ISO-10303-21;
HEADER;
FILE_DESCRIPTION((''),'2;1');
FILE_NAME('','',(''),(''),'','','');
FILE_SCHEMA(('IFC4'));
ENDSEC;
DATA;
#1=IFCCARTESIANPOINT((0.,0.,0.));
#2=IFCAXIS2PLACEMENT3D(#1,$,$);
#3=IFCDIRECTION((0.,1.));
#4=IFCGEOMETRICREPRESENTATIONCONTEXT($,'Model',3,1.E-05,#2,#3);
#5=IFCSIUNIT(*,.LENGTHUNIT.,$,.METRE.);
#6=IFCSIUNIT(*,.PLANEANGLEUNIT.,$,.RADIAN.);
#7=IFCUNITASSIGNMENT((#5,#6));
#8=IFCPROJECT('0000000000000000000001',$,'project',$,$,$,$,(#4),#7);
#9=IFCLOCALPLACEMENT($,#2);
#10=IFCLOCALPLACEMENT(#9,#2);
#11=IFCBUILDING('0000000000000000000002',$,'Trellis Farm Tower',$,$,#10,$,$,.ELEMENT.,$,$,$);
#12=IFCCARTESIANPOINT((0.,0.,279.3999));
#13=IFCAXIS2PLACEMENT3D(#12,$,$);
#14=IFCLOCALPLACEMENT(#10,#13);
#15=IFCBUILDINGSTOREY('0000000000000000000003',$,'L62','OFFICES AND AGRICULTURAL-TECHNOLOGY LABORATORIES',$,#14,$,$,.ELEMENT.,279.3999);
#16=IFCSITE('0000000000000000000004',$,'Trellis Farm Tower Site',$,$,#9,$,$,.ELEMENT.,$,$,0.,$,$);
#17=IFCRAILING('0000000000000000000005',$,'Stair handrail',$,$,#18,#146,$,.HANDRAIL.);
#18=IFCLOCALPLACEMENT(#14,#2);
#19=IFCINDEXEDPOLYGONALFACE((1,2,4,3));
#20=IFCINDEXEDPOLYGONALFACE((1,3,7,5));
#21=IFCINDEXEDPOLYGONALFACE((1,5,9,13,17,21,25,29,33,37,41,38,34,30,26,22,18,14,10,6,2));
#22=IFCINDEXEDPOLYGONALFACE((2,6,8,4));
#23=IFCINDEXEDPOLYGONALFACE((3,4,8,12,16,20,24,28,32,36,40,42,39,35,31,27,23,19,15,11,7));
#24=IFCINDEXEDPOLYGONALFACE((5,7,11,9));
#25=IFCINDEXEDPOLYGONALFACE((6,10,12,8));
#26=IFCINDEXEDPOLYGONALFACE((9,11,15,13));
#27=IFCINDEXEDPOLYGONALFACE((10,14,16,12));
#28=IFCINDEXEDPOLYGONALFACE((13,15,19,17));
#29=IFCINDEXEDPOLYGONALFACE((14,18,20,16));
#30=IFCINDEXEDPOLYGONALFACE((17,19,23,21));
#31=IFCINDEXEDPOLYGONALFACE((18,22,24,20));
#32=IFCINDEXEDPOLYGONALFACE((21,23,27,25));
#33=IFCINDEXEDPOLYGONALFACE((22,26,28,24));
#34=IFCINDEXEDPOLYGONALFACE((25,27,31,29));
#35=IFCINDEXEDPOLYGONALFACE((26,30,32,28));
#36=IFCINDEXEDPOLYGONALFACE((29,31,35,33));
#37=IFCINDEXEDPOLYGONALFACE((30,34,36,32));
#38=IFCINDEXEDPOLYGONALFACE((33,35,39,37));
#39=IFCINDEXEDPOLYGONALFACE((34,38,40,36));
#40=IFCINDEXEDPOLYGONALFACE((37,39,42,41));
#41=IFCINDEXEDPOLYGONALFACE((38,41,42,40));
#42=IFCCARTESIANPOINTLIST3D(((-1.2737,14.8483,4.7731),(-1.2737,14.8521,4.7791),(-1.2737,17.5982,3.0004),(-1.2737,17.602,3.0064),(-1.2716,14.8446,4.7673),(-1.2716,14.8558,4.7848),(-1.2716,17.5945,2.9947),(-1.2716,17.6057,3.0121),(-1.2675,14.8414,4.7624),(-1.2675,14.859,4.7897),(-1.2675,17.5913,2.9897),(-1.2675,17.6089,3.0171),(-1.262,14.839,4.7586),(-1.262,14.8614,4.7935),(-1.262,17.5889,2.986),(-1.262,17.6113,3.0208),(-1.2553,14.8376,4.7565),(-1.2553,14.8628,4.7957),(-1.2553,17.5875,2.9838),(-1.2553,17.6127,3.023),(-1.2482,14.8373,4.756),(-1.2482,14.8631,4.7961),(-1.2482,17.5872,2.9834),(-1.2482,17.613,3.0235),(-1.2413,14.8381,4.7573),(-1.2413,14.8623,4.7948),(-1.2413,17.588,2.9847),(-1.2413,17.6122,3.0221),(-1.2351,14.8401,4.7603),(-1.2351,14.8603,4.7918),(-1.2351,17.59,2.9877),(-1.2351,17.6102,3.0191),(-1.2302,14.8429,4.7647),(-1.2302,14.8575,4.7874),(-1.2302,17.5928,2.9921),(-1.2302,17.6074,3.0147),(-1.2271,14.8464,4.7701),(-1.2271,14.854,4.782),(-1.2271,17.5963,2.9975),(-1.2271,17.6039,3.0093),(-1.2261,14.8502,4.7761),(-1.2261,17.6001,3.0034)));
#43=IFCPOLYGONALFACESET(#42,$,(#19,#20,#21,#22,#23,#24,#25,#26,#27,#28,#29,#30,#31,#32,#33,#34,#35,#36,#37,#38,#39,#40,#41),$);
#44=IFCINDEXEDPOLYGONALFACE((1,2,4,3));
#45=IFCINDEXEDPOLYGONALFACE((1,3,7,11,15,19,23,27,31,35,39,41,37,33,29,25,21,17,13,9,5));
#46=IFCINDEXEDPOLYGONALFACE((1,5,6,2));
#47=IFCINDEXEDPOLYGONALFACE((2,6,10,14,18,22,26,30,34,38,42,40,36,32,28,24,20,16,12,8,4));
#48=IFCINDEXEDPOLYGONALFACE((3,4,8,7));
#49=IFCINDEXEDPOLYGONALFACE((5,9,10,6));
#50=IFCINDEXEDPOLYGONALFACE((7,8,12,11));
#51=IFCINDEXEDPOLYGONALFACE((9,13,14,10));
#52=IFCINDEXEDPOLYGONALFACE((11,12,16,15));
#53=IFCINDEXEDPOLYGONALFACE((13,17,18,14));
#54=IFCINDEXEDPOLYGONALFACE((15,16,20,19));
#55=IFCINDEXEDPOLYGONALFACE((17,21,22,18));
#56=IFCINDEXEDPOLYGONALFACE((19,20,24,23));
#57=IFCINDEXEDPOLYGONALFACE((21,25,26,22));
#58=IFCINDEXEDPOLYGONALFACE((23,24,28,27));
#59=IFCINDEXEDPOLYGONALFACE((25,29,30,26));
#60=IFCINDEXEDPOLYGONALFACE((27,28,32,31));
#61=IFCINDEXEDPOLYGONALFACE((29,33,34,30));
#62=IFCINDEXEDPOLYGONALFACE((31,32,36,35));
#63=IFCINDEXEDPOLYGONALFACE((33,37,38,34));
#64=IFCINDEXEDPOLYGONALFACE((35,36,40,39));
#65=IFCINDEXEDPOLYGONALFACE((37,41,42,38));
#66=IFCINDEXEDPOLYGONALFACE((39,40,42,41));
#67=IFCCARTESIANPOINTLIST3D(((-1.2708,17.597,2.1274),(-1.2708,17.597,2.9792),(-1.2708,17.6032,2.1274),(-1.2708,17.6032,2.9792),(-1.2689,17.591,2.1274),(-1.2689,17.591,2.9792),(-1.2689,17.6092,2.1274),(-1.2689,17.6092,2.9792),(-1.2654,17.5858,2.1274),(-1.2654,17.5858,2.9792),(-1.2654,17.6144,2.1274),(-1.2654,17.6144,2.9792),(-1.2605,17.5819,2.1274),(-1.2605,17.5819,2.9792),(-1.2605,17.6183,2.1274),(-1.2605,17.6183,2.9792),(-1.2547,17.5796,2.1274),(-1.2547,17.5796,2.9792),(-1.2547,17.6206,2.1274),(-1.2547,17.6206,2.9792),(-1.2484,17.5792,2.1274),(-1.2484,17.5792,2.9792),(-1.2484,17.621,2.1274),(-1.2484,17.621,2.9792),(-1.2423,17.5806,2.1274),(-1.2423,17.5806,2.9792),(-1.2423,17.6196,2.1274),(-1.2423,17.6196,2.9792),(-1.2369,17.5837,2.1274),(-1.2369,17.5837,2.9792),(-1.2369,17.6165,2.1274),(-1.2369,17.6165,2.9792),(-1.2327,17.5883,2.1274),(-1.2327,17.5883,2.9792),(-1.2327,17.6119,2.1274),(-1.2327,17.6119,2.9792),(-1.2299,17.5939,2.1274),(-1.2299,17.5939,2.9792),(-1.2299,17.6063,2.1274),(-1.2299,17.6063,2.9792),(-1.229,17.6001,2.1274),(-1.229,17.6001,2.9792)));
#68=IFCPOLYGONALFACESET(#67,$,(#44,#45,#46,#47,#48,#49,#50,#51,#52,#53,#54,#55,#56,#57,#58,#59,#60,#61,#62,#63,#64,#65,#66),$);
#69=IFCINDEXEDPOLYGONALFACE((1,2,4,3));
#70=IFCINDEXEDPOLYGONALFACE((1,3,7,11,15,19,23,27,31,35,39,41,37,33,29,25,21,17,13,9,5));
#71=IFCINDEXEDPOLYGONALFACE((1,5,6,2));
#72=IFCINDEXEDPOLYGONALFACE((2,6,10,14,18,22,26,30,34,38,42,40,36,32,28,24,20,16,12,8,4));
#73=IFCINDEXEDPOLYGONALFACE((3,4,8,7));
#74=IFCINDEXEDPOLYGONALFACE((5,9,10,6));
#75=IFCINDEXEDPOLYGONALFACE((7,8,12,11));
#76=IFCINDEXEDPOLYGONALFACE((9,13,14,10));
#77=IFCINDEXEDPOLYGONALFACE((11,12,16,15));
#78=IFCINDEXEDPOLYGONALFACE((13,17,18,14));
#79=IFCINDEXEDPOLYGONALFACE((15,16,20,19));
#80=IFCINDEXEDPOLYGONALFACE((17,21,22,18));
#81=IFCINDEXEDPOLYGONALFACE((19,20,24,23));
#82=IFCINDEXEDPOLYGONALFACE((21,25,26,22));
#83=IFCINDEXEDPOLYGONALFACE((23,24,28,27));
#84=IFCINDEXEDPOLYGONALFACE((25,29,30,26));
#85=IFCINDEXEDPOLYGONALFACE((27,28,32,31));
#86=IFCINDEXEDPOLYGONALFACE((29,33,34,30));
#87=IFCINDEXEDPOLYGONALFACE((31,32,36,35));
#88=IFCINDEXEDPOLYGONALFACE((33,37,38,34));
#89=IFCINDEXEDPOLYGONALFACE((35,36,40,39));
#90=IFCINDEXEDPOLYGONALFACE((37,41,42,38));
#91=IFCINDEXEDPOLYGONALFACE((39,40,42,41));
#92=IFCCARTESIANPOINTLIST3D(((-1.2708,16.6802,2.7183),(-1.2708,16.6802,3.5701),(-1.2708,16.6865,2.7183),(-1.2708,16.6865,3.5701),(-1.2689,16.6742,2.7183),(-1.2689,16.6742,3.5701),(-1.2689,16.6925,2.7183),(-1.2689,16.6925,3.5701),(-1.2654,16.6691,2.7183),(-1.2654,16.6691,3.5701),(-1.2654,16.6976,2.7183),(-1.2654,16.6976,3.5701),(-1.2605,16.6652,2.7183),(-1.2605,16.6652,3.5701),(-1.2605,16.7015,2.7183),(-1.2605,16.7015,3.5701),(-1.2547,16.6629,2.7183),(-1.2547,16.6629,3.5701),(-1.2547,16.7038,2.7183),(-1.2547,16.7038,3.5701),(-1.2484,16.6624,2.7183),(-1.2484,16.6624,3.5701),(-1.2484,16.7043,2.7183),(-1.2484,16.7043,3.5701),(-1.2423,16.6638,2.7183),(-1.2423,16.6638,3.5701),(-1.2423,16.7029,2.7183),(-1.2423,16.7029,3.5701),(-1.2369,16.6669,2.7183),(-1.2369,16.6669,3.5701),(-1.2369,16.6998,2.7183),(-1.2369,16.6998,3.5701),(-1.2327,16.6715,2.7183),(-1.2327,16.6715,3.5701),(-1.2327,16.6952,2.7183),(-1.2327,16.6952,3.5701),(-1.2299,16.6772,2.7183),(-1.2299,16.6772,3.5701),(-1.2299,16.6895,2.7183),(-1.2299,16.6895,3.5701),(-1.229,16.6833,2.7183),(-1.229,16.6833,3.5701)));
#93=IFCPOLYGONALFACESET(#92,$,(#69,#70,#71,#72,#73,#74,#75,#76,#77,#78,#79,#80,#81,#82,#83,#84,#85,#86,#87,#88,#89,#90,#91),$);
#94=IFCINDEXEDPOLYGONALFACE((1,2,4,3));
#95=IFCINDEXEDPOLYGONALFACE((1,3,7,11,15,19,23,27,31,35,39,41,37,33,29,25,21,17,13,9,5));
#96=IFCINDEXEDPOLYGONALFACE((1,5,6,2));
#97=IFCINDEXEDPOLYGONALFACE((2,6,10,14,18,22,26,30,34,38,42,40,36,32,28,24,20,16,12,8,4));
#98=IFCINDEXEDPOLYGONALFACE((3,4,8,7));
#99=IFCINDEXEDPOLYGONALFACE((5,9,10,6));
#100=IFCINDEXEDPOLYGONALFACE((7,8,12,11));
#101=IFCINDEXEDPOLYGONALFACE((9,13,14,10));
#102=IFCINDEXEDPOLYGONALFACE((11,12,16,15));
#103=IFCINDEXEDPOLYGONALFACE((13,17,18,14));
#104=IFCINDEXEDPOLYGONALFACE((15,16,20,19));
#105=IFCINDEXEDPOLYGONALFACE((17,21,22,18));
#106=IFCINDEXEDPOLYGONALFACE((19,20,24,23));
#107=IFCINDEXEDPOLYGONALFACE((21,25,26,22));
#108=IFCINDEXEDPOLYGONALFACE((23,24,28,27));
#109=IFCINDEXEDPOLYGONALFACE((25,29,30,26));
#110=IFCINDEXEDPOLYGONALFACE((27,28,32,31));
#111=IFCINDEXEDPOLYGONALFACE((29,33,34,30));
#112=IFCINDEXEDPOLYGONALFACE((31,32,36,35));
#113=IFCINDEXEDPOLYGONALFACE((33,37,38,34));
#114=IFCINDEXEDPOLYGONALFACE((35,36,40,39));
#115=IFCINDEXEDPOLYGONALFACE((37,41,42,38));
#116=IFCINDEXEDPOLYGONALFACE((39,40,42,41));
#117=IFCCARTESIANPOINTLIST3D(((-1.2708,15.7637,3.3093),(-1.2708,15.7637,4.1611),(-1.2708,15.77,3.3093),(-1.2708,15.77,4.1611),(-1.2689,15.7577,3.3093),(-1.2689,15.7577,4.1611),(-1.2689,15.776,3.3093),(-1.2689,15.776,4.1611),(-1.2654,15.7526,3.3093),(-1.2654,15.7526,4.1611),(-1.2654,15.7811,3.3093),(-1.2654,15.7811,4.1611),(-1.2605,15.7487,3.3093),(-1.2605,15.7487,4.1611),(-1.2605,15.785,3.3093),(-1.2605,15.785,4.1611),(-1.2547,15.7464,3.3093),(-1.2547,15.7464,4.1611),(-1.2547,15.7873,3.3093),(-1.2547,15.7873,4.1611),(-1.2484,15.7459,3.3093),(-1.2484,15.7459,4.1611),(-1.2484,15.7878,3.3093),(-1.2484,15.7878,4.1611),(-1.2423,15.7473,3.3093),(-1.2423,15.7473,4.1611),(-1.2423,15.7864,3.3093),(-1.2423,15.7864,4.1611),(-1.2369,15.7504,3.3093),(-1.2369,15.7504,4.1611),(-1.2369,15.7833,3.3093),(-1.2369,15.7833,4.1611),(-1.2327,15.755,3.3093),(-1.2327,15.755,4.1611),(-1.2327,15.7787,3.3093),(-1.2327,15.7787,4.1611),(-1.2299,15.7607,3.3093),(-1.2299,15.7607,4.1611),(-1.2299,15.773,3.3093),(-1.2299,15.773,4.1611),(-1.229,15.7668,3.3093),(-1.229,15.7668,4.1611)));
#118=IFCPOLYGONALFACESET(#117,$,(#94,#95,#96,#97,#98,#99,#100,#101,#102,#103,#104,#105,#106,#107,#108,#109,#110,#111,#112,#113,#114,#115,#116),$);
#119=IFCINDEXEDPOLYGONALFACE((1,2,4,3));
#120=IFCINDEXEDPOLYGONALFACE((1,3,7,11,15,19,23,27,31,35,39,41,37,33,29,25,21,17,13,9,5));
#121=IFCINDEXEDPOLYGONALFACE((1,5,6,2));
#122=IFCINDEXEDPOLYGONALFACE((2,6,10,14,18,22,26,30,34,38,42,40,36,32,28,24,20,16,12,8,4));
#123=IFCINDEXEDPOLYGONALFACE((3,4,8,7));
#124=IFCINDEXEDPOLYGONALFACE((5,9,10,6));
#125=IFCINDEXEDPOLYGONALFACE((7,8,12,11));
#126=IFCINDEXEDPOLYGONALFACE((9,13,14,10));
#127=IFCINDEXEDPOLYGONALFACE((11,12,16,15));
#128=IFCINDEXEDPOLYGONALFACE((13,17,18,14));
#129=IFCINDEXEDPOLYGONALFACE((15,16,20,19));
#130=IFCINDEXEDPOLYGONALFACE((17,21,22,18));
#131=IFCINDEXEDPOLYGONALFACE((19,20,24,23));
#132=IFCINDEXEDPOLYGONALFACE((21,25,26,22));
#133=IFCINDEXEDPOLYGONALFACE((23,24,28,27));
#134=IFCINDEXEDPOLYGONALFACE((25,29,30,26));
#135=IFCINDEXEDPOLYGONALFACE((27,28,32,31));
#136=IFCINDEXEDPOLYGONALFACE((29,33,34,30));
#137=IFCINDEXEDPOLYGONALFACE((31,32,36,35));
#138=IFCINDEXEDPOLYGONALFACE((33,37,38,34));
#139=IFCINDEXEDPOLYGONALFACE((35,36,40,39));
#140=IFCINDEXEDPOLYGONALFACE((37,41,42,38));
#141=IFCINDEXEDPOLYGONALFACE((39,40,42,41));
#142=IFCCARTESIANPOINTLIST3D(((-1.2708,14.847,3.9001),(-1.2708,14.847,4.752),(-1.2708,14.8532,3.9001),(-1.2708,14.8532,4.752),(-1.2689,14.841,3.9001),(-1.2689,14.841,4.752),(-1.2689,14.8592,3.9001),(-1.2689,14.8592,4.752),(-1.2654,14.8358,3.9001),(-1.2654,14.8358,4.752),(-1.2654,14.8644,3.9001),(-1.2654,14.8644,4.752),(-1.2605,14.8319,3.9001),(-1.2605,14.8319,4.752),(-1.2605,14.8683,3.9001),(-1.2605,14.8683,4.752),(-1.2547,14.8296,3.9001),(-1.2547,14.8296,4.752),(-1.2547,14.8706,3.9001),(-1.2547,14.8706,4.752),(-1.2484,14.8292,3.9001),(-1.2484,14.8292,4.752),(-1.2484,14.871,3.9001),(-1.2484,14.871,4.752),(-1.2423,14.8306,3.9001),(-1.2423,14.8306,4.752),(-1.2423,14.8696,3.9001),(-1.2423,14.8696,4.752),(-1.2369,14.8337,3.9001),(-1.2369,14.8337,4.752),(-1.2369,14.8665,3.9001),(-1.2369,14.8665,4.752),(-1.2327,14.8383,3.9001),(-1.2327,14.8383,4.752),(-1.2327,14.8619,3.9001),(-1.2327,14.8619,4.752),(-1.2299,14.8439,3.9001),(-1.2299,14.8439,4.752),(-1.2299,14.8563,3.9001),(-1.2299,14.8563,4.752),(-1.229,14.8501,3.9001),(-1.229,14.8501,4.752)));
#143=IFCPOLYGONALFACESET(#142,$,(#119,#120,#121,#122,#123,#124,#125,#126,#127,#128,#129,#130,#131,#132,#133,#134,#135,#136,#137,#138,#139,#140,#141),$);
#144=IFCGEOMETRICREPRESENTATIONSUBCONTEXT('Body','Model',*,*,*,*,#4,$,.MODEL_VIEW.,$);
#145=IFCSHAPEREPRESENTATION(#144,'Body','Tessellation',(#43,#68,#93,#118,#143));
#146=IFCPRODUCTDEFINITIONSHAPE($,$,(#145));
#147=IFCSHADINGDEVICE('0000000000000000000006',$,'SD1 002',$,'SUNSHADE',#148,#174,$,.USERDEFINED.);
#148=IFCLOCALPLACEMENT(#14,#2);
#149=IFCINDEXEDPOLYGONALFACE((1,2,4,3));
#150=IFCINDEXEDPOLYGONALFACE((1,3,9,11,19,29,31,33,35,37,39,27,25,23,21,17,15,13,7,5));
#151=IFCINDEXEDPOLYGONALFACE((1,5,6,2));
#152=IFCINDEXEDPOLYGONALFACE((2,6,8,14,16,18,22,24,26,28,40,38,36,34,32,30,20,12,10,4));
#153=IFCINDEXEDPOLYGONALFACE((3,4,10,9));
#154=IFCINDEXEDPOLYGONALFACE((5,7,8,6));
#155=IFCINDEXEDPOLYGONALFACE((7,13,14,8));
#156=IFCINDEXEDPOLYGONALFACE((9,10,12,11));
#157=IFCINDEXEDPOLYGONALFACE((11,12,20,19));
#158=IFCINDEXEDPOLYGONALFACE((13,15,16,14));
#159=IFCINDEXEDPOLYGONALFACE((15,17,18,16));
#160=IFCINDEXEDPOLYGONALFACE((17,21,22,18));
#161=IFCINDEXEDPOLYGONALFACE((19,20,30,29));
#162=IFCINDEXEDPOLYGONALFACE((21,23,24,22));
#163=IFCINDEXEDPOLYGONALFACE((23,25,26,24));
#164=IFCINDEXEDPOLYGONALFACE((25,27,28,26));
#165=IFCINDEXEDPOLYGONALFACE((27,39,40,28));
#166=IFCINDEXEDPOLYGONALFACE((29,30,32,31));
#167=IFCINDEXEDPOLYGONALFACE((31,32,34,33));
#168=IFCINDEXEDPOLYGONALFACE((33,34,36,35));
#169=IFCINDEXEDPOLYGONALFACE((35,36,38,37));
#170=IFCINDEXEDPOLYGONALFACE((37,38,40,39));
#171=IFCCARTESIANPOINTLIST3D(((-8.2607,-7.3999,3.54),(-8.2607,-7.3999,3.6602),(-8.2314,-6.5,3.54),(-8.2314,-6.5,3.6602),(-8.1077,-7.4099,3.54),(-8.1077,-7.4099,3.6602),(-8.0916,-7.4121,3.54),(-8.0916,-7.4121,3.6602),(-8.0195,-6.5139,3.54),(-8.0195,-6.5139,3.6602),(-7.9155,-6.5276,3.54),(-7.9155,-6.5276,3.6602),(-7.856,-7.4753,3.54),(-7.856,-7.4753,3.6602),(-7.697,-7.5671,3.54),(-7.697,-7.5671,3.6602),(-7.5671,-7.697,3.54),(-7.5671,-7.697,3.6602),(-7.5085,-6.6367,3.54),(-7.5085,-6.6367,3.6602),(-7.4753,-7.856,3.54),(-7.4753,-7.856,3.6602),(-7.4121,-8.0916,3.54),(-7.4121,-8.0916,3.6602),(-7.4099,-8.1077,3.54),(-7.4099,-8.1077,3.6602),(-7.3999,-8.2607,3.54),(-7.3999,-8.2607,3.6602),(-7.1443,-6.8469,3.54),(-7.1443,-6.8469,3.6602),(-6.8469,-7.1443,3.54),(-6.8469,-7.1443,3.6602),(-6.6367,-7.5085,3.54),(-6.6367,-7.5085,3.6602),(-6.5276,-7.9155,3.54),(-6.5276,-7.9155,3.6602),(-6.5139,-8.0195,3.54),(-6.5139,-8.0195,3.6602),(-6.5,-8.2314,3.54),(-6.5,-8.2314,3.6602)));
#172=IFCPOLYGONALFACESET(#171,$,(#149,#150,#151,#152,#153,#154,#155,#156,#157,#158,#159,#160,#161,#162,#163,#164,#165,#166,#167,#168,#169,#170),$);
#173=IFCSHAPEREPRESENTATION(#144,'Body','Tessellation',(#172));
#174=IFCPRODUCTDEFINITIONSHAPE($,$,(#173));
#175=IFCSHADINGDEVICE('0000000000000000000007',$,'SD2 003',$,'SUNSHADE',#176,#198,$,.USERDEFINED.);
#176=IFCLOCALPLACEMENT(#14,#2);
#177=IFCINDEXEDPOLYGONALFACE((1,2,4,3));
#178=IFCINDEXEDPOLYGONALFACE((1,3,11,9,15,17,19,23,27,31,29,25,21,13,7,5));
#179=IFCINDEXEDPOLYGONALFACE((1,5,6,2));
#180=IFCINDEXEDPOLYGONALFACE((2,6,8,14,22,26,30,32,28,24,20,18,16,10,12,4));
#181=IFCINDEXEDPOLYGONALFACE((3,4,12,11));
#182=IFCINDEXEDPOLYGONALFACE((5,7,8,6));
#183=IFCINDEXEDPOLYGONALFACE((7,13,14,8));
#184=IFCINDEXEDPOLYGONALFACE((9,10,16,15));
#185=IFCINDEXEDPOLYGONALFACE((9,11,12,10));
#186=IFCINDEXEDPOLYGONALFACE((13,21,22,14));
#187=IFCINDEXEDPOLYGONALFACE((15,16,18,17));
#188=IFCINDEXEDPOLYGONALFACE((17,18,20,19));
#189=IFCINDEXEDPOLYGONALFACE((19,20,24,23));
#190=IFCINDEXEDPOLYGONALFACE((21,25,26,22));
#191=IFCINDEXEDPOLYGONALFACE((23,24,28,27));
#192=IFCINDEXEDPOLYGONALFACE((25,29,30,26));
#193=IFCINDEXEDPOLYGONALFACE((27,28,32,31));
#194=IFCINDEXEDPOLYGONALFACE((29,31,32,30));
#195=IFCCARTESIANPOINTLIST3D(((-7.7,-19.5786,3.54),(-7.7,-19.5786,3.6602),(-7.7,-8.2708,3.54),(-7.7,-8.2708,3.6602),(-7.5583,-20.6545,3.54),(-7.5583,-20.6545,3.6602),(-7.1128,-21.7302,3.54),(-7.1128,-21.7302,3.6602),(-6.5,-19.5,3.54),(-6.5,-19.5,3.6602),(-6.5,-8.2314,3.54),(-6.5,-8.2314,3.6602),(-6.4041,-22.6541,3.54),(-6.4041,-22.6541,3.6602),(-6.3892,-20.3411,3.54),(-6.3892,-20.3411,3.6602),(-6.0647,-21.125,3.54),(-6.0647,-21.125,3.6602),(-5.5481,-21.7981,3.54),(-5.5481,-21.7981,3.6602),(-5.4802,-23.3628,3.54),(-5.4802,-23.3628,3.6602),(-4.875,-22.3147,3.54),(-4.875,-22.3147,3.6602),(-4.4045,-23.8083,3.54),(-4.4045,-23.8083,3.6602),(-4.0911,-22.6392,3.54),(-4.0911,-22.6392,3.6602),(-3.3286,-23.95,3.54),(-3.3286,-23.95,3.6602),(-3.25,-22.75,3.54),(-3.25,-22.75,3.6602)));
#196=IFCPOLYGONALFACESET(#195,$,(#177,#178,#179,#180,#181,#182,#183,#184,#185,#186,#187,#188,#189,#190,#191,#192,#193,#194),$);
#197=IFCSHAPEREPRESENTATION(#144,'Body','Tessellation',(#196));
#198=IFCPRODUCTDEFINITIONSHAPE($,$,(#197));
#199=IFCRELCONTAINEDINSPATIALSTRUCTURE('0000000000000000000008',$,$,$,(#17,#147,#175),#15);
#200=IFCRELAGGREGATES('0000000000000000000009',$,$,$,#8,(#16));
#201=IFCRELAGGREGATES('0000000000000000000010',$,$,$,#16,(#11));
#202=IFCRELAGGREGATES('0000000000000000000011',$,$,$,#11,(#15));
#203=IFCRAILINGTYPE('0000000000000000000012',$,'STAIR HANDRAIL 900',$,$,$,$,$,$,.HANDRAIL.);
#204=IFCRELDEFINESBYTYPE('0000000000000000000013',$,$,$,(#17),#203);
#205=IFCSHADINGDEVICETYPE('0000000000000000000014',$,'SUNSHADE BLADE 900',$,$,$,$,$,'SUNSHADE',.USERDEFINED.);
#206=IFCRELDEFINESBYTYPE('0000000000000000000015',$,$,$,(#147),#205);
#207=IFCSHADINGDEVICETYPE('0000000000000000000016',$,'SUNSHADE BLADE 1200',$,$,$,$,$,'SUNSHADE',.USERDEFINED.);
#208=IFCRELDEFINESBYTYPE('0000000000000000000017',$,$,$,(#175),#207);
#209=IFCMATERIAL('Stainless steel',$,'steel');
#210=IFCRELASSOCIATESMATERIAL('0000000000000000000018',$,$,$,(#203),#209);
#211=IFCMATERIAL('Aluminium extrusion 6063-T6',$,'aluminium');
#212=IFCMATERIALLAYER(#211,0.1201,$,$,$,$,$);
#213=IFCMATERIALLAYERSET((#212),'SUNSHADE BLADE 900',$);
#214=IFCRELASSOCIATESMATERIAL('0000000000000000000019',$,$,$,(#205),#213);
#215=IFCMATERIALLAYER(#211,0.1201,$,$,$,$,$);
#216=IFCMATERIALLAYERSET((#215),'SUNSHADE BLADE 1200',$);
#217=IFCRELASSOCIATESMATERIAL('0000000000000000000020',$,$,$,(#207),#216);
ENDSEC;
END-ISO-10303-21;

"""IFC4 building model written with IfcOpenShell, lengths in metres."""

from ifc_helpers import new_model, si_unit, direction, frame, origin, origin_2d, place, context, subcontext, project, spatial, polyline, circle, outline, extrude, source, transform, mapped, material, layer, layer_set, type_object, element, save


model = new_model("IFC4")

# Units and contexts
model_context = context("Model", 3, precision=1e-05, world=origin(), true_north=direction((0.0, 1.0)))
body_context = subcontext(model_context, "Body", "Model", "MODEL_VIEW")
ifc_project = project(units=[si_unit("LENGTHUNIT", "METRE"), si_unit("PLANEANGLEUNIT", "RADIAN")], contexts=[model_context])

# Site, building, storey
site_placement = place(None, origin())
site = spatial("IfcSite", under=ifc_project, at=site_placement, Name="Trellis Farm Tower Site", CompositionType="ELEMENT", RefElevation=0.0)
building_placement = place(site_placement, origin())
building = spatial("IfcBuilding", under=site, at=building_placement, Name="Trellis Farm Tower", CompositionType="ELEMENT")
storey_placement = place(building_placement, frame((0.0, 0.0, 279.3999)))
storey = spatial("IfcBuildingStorey", under=building, at=storey_placement, Name="L62", Description="OFFICES AND AGRICULTURAL-TECHNOLOGY LABORATORIES", CompositionType="ELEMENT", Elevation=279.3999)

# Shared definitions
ifc_material_1 = material(Name="Aluminium extrusion 6063-T6", Category="aluminium")

# Railing
ifc_material_2 = material(Name="Stainless steel", Category="steel")
railing_type = type_object("IfcRailingType", Name="STAIR HANDRAIL 900", PredefinedType="HANDRAIL", material=ifc_material_2)
shared_shape_1 = source(origin(), body_context, "Body", "SweptSolid", [
    extrude(circle(Radius=0.0239, at=origin_2d()), frame((0.0, 0.0, 0.876), z_axis=(0.0, -0.840504, 0.541806), x_axis=(1.0, 0.0, 0.0)), (0.0, 0.0, 1.0), 3.2717),
    extrude(circle(Radius=0.021, at=origin_2d()), origin(), (0.0, 0.0, 1.0), 0.8518),
    extrude(circle(Radius=0.021, at=origin_2d()), frame((0.0, -0.9167, 0.5908)), (0.0, 0.0, 1.0), 0.8518),
    extrude(circle(Radius=0.021, at=origin_2d()), frame((0.0, -1.8333, 1.1819)), (0.0, 0.0, 1.0), 0.8518),
    extrude(circle(Radius=0.021, at=origin_2d()), frame((0.0, -2.75, 1.7727)), (0.0, 0.0, 1.0), 0.8518),
])
railing_placement = place(storey_placement, frame((-1.25, 17.6001, 2.1274)))
element("IfcRailing", 1, at=railing_placement, inside=storey, type_object=railing_type, Name="Stair handrail", PredefinedType="HANDRAIL", context=body_context, shape_type="MappedRepresentation", body=[
    mapped(shared_shape_1, transform((0.0, 0.0, 0.0))),
])

# Shading devices
ifc_layer_1 = layer(ifc_material_1, 0.1201)
ifc_layer_set_1 = layer_set([ifc_layer_1], Name="SUNSHADE BLADE 900")
shading_device_type_1 = type_object("IfcShadingDeviceType", Name="SUNSHADE BLADE 900", ElementType="SUNSHADE", PredefinedType="USERDEFINED", material=ifc_layer_set_1)
shared_shape_2 = source(origin(), body_context, "Body", "SweptSolid", [
    extrude(outline(polyline([(-8.2607, -7.3999), (-8.1077, -7.4099), (-8.0916, -7.4121), (-7.856, -7.4753), (-7.697, -7.5671), (-7.5671, -7.697), (-7.4753, -7.856), (-7.4121, -8.0916), (-7.4099, -8.1077), (-7.3999, -8.2607), (-6.5, -8.2314), (-6.5139, -8.0195), (-6.5276, -7.9155), (-6.6367, -7.5085), (-6.8469, -7.1443), (-7.1443, -6.8469), (-7.5085, -6.6367), (-7.9155, -6.5276), (-8.0195, -6.5139), (-8.2314, -6.5), (-8.2607, -7.3999)])), origin(), (0.0, 0.0, 1.0), 0.1201),
])
placement_1 = place(storey_placement, frame((0.0, 0.0, 3.54)))
element("IfcShadingDevice", 2, at=placement_1, inside=storey, type_object=shading_device_type_1, Name="SD1 002", ObjectType="SUNSHADE", PredefinedType="USERDEFINED", context=body_context, shape_type="MappedRepresentation", body=[
    mapped(shared_shape_2, transform((0.0, 0.0, 0.0))),
])
ifc_layer_2 = layer(ifc_material_1, 0.1201)
ifc_layer_set_2 = layer_set([ifc_layer_2], Name="SUNSHADE BLADE 1200")
shading_device_type_2 = type_object("IfcShadingDeviceType", Name="SUNSHADE BLADE 1200", ElementType="SUNSHADE", PredefinedType="USERDEFINED", material=ifc_layer_set_2)
shared_shape_3 = source(origin(), body_context, "Body", "SweptSolid", [
    extrude(outline(polyline([(-7.7, -8.2708), (-7.7, -19.5786), (-7.5583, -20.6545), (-7.1128, -21.7302), (-6.4041, -22.6541), (-5.4802, -23.3628), (-4.4045, -23.8083), (-3.3286, -23.95), (-3.25, -22.75), (-4.0911, -22.6392), (-4.875, -22.3147), (-5.5481, -21.7981), (-6.0647, -21.125), (-6.3892, -20.3411), (-6.5, -19.5), (-6.5, -8.2314), (-7.7, -8.2708)])), origin(), (0.0, 0.0, 1.0), 0.1201),
])
element("IfcShadingDevice", 3, at=placement_1, inside=storey, type_object=shading_device_type_2, Name="SD2 003", ObjectType="SUNSHADE", PredefinedType="USERDEFINED", context=body_context, shape_type="MappedRepresentation", body=[
    mapped(shared_shape_3, transform((0.0, 0.0, 0.0))),
])

save(model, "model.ifc")
